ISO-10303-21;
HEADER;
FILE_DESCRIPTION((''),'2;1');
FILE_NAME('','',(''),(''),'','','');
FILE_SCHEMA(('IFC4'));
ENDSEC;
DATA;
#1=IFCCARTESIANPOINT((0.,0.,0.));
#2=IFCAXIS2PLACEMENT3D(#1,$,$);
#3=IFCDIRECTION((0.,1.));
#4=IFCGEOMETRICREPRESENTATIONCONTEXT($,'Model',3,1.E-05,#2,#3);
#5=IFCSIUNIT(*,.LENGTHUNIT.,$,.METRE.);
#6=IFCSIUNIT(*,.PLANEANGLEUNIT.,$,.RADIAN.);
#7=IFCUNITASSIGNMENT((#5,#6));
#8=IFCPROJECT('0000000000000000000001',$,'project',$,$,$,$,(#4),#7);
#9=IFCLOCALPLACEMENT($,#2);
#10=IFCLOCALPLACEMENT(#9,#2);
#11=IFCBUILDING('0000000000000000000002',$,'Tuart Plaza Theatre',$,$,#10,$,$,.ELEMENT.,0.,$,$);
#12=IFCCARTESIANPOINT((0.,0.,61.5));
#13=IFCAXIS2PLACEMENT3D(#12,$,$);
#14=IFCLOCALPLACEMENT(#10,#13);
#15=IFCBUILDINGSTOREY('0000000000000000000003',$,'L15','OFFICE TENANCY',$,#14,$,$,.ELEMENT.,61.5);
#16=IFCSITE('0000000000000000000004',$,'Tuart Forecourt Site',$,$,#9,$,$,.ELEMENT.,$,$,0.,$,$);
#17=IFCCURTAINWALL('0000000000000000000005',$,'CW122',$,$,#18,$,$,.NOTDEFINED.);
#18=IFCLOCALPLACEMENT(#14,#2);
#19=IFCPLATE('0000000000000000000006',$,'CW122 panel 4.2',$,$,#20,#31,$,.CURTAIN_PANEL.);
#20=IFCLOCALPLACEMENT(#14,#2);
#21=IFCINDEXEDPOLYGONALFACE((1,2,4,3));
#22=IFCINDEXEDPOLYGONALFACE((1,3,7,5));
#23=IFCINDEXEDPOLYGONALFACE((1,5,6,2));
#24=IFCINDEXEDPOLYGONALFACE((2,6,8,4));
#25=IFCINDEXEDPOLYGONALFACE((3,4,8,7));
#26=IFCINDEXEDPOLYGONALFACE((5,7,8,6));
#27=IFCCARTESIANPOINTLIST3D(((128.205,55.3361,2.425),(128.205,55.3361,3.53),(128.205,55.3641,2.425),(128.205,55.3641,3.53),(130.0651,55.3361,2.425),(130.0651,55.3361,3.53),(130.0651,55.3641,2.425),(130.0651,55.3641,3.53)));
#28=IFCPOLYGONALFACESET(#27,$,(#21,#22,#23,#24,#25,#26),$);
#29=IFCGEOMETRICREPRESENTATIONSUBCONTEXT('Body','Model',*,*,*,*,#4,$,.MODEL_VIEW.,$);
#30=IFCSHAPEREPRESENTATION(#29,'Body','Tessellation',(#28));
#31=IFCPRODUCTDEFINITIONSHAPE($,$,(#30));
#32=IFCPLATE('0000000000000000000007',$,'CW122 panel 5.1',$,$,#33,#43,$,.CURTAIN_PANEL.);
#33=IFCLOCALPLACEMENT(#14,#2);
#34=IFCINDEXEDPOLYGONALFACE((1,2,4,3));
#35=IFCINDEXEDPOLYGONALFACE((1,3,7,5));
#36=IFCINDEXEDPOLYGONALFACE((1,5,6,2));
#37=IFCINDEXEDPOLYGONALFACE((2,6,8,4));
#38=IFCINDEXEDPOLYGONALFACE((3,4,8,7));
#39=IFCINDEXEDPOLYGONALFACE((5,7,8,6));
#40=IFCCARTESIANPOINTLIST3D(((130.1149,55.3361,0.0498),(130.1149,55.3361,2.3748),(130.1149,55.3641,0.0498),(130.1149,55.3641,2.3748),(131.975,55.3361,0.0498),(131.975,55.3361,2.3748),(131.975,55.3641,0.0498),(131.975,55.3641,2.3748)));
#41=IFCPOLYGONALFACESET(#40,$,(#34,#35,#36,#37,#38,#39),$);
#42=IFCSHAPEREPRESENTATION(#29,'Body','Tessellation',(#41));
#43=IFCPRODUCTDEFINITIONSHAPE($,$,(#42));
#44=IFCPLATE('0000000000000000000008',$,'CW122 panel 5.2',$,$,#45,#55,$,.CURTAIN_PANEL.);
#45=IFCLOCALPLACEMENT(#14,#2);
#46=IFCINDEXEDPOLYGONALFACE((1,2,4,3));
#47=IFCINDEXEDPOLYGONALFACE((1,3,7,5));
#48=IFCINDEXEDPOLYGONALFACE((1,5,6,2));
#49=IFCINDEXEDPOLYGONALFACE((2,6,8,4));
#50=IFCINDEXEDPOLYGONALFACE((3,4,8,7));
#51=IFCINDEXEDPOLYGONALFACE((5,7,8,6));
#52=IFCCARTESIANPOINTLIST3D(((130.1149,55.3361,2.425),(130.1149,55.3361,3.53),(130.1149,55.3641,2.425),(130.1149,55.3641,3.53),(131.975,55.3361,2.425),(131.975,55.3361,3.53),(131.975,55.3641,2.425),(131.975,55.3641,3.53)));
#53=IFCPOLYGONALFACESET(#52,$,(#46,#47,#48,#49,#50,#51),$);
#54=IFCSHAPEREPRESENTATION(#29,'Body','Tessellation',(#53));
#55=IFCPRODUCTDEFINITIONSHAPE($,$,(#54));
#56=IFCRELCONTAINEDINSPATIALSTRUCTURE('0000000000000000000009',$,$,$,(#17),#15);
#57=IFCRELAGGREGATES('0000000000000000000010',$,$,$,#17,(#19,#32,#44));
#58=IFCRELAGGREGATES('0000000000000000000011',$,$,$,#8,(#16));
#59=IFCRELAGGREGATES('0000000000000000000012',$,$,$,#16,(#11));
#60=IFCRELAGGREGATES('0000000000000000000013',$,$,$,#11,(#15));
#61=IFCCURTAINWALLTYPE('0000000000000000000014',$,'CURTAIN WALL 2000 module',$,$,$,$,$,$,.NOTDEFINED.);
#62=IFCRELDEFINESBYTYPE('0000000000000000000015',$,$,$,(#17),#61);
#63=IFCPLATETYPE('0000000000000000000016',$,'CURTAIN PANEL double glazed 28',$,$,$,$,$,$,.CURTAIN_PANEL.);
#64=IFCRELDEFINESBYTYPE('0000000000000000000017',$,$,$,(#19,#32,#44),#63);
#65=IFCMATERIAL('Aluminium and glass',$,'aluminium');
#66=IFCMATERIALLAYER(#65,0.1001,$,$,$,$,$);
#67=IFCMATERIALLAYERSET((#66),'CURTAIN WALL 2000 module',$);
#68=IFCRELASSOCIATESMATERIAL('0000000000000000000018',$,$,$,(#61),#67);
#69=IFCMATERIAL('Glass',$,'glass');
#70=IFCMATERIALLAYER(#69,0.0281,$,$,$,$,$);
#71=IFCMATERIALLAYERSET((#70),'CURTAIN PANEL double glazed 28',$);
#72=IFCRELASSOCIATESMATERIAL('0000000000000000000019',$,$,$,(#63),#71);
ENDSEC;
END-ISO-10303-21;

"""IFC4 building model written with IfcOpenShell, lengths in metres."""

from ifc_helpers import new_model, si_unit, direction, frame, origin, origin_2d, place, context, subcontext, project, spatial, rectangle, extrude, material, layer, layer_set, type_object, element, aggregate, save


model = new_model("IFC4")

# Units and contexts
model_context = context("Model", 3, precision=1e-05, world=origin(), true_north=direction((0.0, 1.0)))
body_context = subcontext(model_context, "Body", "Model", "MODEL_VIEW")
ifc_project = project(units=[si_unit("LENGTHUNIT", "METRE"), si_unit("PLANEANGLEUNIT", "RADIAN")], contexts=[model_context])

# Site, building, storey
site_placement = place(None, origin())
site = spatial("IfcSite", under=ifc_project, at=site_placement, Name="Tuart Forecourt Site", CompositionType="ELEMENT", RefElevation=0.0)
building_placement = place(site_placement, origin())
building = spatial("IfcBuilding", under=site, at=building_placement, Name="Tuart Plaza Theatre", CompositionType="ELEMENT", ElevationOfRefHeight=0.0)
storey_placement = place(building_placement, frame((0.0, 0.0, 61.5)))
storey = spatial("IfcBuildingStorey", under=building, at=storey_placement, Name="L15", Description="OFFICE TENANCY", CompositionType="ELEMENT", Elevation=61.5)

# Curtain wall, plates
ifc_material_1 = material(Name="Aluminium and glass", Category="aluminium")
ifc_layer_1 = layer(ifc_material_1, 0.1001)
ifc_layer_set_1 = layer_set([ifc_layer_1], Name="CURTAIN WALL 2000 module")
curtain_wall_type = type_object("IfcCurtainWallType", Name="CURTAIN WALL 2000 module", PredefinedType="NOTDEFINED", material=ifc_layer_set_1)
curtain_wall_placement = place(storey_placement, origin())
curtain_wall = element("IfcCurtainWall", 1, at=curtain_wall_placement, inside=storey, type_object=curtain_wall_type, Name="CW122", PredefinedType="NOTDEFINED")
ifc_material_2 = material(Name="Glass", Category="glass")
ifc_layer_2 = layer(ifc_material_2, 0.0281)
ifc_layer_set_2 = layer_set([ifc_layer_2], Name="CURTAIN PANEL double glazed 28")
plate_type = type_object("IfcPlateType", Name="CURTAIN PANEL double glazed 28", PredefinedType="CURTAIN_PANEL", material=ifc_layer_set_2)
plate_1_placement = place(storey_placement, frame((129.135, 55.3501, 2.425), z_axis=(0.0, 0.0, 1.0), x_axis=(1.0, 0.0, 0.0)))
plate_1 = element("IfcPlate", 2, at=plate_1_placement, type_object=plate_type, Name="CW122 panel 4.2", PredefinedType="CURTAIN_PANEL", context=body_context, shape_type="SweptSolid", body=[
    extrude(rectangle(XDim=1.8601, YDim=0.0281, at=origin_2d()), origin(), (0.0, 0.0, 1.0), 1.105),
])
plate_2_placement = place(storey_placement, frame((131.0449, 55.3501, 0.0498), z_axis=(0.0, 0.0, 1.0), x_axis=(1.0, 0.0, 0.0)))
plate_2 = element("IfcPlate", 3, at=plate_2_placement, type_object=plate_type, Name="CW122 panel 5.1", PredefinedType="CURTAIN_PANEL", context=body_context, shape_type="SweptSolid", body=[
    extrude(rectangle(XDim=1.8601, YDim=0.0281, at=origin_2d()), origin(), (0.0, 0.0, 1.0), 2.325),
])
plate_3_placement = place(storey_placement, frame((131.0449, 55.3501, 2.425), z_axis=(0.0, 0.0, 1.0), x_axis=(1.0, 0.0, 0.0)))
plate_3 = element("IfcPlate", 4, at=plate_3_placement, type_object=plate_type, Name="CW122 panel 5.2", PredefinedType="CURTAIN_PANEL", context=body_context, shape_type="SweptSolid", body=[
    extrude(rectangle(XDim=1.8601, YDim=0.0281, at=origin_2d()), origin(), (0.0, 0.0, 1.0), 1.105),
])
aggregate(curtain_wall, [plate_1, plate_2, plate_3])

save(model, "model.ifc")
